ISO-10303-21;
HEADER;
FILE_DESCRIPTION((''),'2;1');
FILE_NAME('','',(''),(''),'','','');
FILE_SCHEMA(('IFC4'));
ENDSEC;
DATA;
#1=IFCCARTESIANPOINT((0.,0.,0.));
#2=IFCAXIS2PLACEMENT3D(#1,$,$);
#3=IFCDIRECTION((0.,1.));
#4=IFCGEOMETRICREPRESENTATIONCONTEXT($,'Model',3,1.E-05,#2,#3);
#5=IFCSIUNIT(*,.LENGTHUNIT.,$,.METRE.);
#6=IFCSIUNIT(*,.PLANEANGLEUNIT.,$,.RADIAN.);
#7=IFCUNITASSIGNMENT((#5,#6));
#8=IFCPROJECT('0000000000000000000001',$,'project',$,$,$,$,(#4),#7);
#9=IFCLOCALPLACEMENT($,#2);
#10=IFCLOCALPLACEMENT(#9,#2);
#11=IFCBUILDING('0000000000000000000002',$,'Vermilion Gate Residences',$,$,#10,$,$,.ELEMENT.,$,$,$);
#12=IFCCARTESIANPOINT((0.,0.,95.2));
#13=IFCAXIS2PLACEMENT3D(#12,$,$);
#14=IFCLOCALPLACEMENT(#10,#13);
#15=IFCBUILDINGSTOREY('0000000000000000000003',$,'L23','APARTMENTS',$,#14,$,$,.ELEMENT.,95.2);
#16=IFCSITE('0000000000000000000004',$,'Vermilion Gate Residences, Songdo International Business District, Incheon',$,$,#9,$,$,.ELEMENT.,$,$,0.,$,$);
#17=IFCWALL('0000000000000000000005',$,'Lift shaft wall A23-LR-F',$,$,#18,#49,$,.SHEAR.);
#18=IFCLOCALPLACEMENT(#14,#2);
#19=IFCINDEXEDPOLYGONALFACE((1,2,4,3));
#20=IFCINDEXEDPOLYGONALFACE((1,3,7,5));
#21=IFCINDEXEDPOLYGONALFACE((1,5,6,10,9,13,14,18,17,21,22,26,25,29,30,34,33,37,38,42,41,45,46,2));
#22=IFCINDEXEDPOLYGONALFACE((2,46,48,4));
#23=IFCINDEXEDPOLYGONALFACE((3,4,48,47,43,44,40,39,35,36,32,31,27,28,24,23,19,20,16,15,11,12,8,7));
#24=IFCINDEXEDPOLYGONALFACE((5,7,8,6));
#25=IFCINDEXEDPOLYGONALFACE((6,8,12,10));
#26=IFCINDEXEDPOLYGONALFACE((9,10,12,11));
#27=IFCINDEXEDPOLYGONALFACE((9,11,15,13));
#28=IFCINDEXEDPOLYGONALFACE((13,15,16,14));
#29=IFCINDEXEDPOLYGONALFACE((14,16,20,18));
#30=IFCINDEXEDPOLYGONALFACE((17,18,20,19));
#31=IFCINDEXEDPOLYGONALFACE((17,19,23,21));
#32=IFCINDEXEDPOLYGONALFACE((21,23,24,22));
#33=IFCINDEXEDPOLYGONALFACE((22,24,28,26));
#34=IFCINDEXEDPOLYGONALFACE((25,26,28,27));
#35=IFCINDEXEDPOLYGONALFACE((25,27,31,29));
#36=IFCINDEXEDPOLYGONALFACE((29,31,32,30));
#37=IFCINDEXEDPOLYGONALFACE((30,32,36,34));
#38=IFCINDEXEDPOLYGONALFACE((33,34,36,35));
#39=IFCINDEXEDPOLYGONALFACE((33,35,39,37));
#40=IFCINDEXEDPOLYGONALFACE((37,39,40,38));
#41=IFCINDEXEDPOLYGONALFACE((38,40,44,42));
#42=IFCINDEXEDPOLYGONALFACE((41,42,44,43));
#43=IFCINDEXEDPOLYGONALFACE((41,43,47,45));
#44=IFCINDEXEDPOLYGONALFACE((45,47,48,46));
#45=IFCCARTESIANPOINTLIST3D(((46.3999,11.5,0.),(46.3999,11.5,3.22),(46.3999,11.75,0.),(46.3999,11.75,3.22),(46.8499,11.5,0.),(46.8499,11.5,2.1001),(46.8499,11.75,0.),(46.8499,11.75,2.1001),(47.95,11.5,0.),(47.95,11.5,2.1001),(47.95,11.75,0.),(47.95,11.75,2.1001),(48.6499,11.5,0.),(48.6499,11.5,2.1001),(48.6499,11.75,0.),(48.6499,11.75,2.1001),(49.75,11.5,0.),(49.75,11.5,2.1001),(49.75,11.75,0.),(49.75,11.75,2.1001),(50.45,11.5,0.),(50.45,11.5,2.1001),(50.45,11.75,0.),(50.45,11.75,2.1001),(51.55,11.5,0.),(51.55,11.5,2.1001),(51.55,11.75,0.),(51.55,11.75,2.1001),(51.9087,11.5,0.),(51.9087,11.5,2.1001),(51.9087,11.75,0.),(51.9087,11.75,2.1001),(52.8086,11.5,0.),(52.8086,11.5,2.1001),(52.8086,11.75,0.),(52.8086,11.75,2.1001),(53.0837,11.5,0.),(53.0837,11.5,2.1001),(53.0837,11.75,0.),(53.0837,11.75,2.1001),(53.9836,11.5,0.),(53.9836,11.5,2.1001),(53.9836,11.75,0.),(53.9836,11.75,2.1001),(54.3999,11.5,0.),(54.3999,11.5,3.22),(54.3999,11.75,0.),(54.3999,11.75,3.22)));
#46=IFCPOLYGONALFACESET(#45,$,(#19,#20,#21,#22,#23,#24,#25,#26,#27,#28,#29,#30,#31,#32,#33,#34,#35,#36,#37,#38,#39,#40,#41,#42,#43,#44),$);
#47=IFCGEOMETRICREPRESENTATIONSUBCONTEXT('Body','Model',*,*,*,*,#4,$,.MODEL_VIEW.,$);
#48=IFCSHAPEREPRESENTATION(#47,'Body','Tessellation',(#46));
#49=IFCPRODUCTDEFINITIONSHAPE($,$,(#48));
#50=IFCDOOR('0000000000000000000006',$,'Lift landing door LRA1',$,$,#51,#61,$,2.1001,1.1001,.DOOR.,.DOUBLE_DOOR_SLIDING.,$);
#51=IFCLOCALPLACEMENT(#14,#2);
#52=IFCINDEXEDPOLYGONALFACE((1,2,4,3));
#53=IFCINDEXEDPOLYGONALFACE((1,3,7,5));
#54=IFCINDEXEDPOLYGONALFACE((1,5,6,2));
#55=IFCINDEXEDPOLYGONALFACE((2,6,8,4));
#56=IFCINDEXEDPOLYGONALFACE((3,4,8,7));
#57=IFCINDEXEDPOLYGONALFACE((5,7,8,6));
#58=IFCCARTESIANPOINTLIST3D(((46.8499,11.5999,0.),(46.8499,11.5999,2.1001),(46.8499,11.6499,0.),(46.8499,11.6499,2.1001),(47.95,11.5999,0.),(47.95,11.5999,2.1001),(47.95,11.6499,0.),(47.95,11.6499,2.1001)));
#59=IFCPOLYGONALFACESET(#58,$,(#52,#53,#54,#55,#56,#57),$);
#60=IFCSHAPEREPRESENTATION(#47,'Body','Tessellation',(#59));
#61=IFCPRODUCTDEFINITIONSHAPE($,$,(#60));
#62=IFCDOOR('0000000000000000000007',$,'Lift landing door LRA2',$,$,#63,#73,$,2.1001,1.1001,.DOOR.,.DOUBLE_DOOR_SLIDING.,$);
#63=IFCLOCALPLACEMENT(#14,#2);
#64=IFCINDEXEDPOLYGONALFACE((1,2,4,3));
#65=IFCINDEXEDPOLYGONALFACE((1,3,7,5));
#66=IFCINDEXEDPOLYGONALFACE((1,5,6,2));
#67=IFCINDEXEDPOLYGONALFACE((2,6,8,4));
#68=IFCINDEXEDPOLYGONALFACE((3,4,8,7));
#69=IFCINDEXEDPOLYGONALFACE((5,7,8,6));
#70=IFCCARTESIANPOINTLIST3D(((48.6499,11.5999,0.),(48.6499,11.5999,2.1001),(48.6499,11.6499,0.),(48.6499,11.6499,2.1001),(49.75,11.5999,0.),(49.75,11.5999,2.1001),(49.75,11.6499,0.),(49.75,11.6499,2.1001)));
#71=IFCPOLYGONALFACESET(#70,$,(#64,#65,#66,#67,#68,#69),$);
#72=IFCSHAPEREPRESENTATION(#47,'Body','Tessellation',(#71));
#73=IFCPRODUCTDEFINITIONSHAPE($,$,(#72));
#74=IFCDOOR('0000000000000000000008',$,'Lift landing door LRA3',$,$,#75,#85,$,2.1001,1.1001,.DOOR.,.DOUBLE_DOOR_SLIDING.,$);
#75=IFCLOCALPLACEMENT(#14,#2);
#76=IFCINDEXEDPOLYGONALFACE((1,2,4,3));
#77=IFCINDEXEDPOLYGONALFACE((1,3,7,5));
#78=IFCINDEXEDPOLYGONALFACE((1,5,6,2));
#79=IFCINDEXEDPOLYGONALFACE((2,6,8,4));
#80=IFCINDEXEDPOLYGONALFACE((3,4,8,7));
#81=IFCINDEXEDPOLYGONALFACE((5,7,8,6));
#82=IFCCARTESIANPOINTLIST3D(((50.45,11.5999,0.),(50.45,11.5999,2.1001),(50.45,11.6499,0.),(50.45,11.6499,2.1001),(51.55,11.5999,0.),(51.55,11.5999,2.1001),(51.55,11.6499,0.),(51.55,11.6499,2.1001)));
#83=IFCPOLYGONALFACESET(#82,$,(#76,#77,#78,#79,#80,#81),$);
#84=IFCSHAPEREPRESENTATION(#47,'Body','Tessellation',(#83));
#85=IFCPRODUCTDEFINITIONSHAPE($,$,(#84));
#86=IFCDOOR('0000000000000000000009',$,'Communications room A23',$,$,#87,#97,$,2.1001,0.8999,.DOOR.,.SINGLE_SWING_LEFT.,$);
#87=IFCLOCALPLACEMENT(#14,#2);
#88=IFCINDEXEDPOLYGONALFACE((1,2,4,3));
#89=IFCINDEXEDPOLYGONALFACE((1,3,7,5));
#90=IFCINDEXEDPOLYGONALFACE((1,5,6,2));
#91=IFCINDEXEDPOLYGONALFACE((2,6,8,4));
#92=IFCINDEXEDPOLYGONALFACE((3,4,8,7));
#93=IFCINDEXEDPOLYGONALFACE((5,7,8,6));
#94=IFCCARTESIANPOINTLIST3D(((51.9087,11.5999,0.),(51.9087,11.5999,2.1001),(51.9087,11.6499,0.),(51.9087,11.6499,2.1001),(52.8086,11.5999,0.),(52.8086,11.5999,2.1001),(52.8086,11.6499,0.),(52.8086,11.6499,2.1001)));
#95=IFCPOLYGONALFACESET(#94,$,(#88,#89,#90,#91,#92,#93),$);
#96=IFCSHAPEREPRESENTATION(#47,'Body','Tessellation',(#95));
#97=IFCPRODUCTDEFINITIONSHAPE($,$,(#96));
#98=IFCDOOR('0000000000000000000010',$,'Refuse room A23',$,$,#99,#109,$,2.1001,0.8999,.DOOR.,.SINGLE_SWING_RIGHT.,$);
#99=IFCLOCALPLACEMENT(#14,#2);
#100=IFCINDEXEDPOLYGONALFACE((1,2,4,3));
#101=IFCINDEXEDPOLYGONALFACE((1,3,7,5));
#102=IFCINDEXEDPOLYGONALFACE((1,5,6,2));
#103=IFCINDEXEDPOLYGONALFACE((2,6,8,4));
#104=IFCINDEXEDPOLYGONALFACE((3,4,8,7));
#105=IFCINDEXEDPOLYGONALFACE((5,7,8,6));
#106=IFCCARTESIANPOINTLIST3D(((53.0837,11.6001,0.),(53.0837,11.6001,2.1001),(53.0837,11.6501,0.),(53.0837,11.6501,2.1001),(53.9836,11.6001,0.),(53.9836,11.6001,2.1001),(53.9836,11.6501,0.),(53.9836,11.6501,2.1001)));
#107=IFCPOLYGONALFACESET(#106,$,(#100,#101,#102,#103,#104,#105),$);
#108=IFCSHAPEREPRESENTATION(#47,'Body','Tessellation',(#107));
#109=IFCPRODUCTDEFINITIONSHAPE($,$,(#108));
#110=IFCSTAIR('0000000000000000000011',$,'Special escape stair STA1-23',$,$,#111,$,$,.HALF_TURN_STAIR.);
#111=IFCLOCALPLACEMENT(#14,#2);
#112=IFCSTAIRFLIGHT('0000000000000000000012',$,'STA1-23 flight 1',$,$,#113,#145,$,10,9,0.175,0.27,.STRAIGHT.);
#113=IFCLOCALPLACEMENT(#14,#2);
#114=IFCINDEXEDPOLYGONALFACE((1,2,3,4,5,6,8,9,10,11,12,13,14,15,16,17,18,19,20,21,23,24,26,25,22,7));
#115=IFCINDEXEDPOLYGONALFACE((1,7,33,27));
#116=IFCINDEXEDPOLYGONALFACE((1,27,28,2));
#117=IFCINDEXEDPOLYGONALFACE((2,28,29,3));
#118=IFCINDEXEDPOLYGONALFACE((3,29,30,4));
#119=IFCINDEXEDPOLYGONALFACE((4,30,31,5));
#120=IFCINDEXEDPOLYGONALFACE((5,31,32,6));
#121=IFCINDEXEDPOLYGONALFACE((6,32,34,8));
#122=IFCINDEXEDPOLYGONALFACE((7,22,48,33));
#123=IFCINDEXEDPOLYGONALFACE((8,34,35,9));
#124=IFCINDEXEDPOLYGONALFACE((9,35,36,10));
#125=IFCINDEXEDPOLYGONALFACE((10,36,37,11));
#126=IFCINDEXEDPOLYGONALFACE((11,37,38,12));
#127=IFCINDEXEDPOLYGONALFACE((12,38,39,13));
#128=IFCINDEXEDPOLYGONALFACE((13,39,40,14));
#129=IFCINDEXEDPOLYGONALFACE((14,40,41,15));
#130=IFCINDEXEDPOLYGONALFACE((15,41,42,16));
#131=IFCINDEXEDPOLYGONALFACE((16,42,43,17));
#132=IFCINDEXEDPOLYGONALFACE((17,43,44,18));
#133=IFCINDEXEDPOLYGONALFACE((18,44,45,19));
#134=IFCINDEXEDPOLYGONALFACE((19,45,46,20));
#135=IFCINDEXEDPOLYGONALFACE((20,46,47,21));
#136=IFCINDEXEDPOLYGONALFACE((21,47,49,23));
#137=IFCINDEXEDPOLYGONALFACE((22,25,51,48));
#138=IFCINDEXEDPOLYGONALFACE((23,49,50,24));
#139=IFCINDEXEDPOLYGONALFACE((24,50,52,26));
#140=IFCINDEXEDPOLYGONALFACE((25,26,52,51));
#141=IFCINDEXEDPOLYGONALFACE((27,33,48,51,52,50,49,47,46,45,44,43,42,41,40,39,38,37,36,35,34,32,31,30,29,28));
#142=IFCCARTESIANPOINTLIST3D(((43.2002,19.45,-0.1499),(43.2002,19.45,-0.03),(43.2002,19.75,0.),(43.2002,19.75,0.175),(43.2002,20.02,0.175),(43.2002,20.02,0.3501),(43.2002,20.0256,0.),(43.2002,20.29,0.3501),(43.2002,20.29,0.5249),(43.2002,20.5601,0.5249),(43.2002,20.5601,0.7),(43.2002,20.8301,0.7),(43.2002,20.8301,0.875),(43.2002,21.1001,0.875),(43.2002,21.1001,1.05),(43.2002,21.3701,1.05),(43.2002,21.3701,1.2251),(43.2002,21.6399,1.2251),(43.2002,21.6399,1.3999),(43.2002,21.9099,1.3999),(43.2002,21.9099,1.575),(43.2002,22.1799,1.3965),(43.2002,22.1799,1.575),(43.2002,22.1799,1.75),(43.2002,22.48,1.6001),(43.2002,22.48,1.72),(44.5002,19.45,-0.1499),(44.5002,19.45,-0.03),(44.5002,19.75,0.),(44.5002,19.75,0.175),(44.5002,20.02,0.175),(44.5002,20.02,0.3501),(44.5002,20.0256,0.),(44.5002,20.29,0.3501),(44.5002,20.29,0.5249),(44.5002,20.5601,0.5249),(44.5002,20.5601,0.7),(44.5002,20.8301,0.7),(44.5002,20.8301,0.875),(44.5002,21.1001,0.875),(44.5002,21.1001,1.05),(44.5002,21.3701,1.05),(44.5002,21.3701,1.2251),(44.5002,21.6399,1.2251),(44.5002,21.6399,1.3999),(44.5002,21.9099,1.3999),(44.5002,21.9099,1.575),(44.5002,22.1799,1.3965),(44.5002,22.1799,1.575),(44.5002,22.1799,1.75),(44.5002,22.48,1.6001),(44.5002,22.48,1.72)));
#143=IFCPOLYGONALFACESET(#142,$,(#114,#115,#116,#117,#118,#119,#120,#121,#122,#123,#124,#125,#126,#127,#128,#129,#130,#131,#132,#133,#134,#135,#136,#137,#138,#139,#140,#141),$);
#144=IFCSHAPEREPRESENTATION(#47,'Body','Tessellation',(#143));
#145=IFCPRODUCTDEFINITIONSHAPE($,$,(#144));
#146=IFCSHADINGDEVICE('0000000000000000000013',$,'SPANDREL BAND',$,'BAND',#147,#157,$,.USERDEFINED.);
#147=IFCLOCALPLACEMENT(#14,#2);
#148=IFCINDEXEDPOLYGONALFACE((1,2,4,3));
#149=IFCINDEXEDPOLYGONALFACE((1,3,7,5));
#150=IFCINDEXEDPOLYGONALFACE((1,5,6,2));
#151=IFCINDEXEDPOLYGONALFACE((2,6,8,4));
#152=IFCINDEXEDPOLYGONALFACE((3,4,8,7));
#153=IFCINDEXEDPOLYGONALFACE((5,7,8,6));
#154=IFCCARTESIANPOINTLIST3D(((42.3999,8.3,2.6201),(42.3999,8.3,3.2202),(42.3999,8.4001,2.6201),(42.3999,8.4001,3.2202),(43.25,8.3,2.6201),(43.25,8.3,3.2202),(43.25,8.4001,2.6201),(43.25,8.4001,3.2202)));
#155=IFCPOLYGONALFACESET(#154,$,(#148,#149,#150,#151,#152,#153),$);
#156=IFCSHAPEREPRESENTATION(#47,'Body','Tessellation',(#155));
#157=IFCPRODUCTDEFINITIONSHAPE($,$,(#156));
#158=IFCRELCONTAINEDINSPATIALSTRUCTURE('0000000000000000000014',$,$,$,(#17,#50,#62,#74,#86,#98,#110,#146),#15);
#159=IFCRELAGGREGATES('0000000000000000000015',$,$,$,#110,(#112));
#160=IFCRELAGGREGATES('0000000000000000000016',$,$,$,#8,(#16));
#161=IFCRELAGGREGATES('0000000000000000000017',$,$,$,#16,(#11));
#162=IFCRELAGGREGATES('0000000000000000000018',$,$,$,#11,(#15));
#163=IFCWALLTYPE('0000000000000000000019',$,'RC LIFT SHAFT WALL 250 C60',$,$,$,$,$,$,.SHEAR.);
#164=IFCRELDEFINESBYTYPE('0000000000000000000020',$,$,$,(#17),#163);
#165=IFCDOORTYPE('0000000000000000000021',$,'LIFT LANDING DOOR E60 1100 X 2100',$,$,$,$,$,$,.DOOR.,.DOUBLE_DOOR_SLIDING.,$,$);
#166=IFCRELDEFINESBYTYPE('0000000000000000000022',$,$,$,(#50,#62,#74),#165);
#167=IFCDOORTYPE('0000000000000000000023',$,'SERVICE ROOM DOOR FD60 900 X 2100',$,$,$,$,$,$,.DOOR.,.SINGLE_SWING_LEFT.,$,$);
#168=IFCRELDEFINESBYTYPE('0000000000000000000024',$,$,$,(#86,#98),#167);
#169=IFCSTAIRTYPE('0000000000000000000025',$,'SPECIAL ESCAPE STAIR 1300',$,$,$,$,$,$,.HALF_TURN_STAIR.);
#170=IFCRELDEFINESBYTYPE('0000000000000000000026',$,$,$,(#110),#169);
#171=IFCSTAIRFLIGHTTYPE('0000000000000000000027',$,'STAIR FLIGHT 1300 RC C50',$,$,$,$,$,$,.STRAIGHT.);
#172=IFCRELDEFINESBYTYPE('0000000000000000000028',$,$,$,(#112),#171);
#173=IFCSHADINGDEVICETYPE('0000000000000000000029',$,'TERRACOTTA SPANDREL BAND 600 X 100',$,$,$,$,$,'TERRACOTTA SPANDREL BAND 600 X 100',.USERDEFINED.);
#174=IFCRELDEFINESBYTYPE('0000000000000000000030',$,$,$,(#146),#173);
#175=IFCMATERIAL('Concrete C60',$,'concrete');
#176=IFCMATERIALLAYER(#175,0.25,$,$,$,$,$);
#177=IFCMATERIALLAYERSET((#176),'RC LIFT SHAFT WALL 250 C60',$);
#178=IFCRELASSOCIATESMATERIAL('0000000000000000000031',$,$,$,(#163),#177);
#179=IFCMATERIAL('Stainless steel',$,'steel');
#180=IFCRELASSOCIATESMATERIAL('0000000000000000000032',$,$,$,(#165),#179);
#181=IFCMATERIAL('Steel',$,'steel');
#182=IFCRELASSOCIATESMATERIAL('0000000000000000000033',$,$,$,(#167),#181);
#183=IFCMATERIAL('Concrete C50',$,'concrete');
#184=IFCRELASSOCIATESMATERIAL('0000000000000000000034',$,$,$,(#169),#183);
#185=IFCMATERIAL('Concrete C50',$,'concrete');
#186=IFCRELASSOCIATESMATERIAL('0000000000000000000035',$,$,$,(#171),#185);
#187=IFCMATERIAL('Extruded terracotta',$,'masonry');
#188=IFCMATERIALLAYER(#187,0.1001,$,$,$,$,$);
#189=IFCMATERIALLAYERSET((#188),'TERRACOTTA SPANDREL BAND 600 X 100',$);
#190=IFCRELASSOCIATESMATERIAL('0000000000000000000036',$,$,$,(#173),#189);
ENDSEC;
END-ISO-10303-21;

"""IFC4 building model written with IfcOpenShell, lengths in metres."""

from ifc_helpers import new_model, si_unit, direction, frame, frame_2d, origin, origin_2d, place, context, subcontext, project, spatial, polyline, rectangle, outline, extrude, material, layer, layer_set, type_object, element, fill, aggregate, save


model = new_model("IFC4")

# Units and contexts
model_context = context("Model", 3, precision=1e-05, world=origin(), true_north=direction((0.0, 1.0)))
body_context = subcontext(model_context, "Body", "Model", "MODEL_VIEW")
ifc_project = project(units=[si_unit("LENGTHUNIT", "METRE"), si_unit("PLANEANGLEUNIT", "RADIAN")], contexts=[model_context])

# Site, building, storey
site_placement = place(None, origin())
site = spatial("IfcSite", under=ifc_project, at=site_placement, Name="Vermilion Gate Residences, Songdo International Business District, Incheon", CompositionType="ELEMENT", RefElevation=0.0)
building_placement = place(site_placement, origin())
building = spatial("IfcBuilding", under=site, at=building_placement, Name="Vermilion Gate Residences", CompositionType="ELEMENT")
storey_placement = place(building_placement, frame((0.0, 0.0, 95.2)))
storey = spatial("IfcBuildingStorey", under=building, at=storey_placement, Name="L23", Description="APARTMENTS", CompositionType="ELEMENT", Elevation=95.2)

# Wall, openings, doors
ifc_material_1 = material(Name="Concrete C60", Category="concrete")
ifc_layer_1 = layer(ifc_material_1, 0.25)
ifc_layer_set_1 = layer_set([ifc_layer_1], Name="RC LIFT SHAFT WALL 250 C60")
wall_type_1 = type_object("IfcWallType", Name="RC LIFT SHAFT WALL 250 C60", PredefinedType="SHEAR", material=ifc_layer_set_1)
wall_1_placement = place(storey_placement, frame((46.3999, 11.625, 0.0), z_axis=(0.0, 0.0, 1.0), x_axis=(1.0, 0.0, 0.0)))
wall_1 = element("IfcWall", 1, at=wall_1_placement, inside=storey, type_object=wall_type_1, Name="Lift shaft wall A23-LR-F", PredefinedType="SHEAR", context=body_context, shape_type="SweptSolid", body=[
    extrude(rectangle(XDim=8.0, YDim=0.25, at=frame_2d((4.0, 0.0))), origin(), (0.0, 0.0, 1.0), 3.22),
])
opening_1_placement = place(wall_1_placement, frame((0.45, 0.0, 0.0)))
opening_1 = element("IfcOpeningElement", 2, at=opening_1_placement, cuts=wall_1, PredefinedType="OPENING", context=body_context, shape_type="SweptSolid", body=[
    extrude(rectangle(XDim=1.1001, YDim=2.1001, at=frame_2d((0.55, 1.05))), frame((0.0, 0.135, 0.0), z_axis=(0.0, -1.0, 0.0), x_axis=(1.0, 0.0, 0.0)), (0.0, 0.0, 1.0), 0.27),
])
opening_2_placement = place(wall_1_placement, frame((2.25, 0.0, 0.0)))
opening_2 = element("IfcOpeningElement", 3, at=opening_2_placement, cuts=wall_1, PredefinedType="OPENING", context=body_context, shape_type="SweptSolid", body=[
    extrude(rectangle(XDim=1.1001, YDim=2.1001, at=frame_2d((0.55, 1.05))), frame((0.0, 0.135, 0.0), z_axis=(0.0, -1.0, 0.0), x_axis=(1.0, 0.0, 0.0)), (0.0, 0.0, 1.0), 0.27),
])
opening_3_placement = place(wall_1_placement, frame((4.05, 0.0, 0.0)))
opening_3 = element("IfcOpeningElement", 4, at=opening_3_placement, cuts=wall_1, PredefinedType="OPENING", context=body_context, shape_type="SweptSolid", body=[
    extrude(rectangle(XDim=1.1001, YDim=2.1001, at=frame_2d((0.55, 1.05))), frame((0.0, 0.135, 0.0), z_axis=(0.0, -1.0, 0.0), x_axis=(1.0, 0.0, 0.0)), (0.0, 0.0, 1.0), 0.27),
])
opening_4_placement = place(wall_1_placement, frame((5.5088, 0.0, 0.0)))
opening_4 = element("IfcOpeningElement", 5, at=opening_4_placement, cuts=wall_1, PredefinedType="OPENING", context=body_context, shape_type="SweptSolid", body=[
    extrude(rectangle(XDim=0.8999, YDim=2.1001, at=frame_2d((0.45, 1.05))), frame((0.0, 0.135, 0.0), z_axis=(0.0, -1.0, 0.0), x_axis=(1.0, 0.0, 0.0)), (0.0, 0.0, 1.0), 0.27),
])
opening_5_placement = place(wall_1_placement, frame((6.6838, 0.0, 0.0)))
opening_5 = element("IfcOpeningElement", 6, at=opening_5_placement, cuts=wall_1, PredefinedType="OPENING", context=body_context, shape_type="SweptSolid", body=[
    extrude(rectangle(XDim=0.8999, YDim=2.1001, at=frame_2d((0.45, 1.05))), frame((0.0, 0.135, 0.0), z_axis=(0.0, -1.0, 0.0), x_axis=(1.0, 0.0, 0.0)), (0.0, 0.0, 1.0), 0.27),
])
ifc_material_2 = material(Name="Stainless steel", Category="steel")
door_type_1 = type_object("IfcDoorType", Name="LIFT LANDING DOOR E60 1100 X 2100", OperationType="DOUBLE_DOOR_SLIDING", PredefinedType="DOOR", material=ifc_material_2)
door_1_placement = place(opening_1_placement, origin())
door_1 = element("IfcDoor", 7, at=door_1_placement, inside=storey, type_object=door_type_1, Name="Lift landing door LRA1", OperationType="DOUBLE_DOOR_SLIDING", OverallHeight=2.1001, OverallWidth=1.1001, PredefinedType="DOOR", context=body_context, shape_type="SweptSolid", body=[
    extrude(rectangle(XDim=1.1001, YDim=2.1001, at=frame_2d((0.55, 1.05))), frame((0.0, 0.0249, 0.0), z_axis=(0.0, -1.0, 0.0), x_axis=(1.0, 0.0, 0.0)), (0.0, 0.0, 1.0), 0.05),
])
fill(opening_1, door_1)
door_2_placement = place(opening_2_placement, origin())
door_2 = element("IfcDoor", 8, at=door_2_placement, inside=storey, type_object=door_type_1, Name="Lift landing door LRA2", OperationType="DOUBLE_DOOR_SLIDING", OverallHeight=2.1001, OverallWidth=1.1001, PredefinedType="DOOR", context=body_context, shape_type="SweptSolid", body=[
    extrude(rectangle(XDim=1.1001, YDim=2.1001, at=frame_2d((0.55, 1.05))), frame((0.0, 0.0249, 0.0), z_axis=(0.0, -1.0, 0.0), x_axis=(1.0, 0.0, 0.0)), (0.0, 0.0, 1.0), 0.05),
])
fill(opening_2, door_2)
door_3_placement = place(opening_3_placement, origin())
door_3 = element("IfcDoor", 9, at=door_3_placement, inside=storey, type_object=door_type_1, Name="Lift landing door LRA3", OperationType="DOUBLE_DOOR_SLIDING", OverallHeight=2.1001, OverallWidth=1.1001, PredefinedType="DOOR", context=body_context, shape_type="SweptSolid", body=[
    extrude(rectangle(XDim=1.1001, YDim=2.1001, at=frame_2d((0.55, 1.05))), frame((0.0, 0.0249, 0.0), z_axis=(0.0, -1.0, 0.0), x_axis=(1.0, 0.0, 0.0)), (0.0, 0.0, 1.0), 0.05),
])
fill(opening_3, door_3)
ifc_material_3 = material(Name="Steel", Category="steel")
door_type_2 = type_object("IfcDoorType", Name="SERVICE ROOM DOOR FD60 900 X 2100", OperationType="SINGLE_SWING_LEFT", PredefinedType="DOOR", material=ifc_material_3)
door_4_placement = place(opening_4_placement, origin())
door_4 = element("IfcDoor", 10, at=door_4_placement, inside=storey, type_object=door_type_2, Name="Communications room A23", OperationType="SINGLE_SWING_LEFT", OverallHeight=2.1001, OverallWidth=0.8999, PredefinedType="DOOR", context=body_context, shape_type="SweptSolid", body=[
    extrude(rectangle(XDim=0.8999, YDim=2.1001, at=frame_2d((0.45, 1.05))), frame((0.0, 0.0249, 0.0), z_axis=(0.0, -1.0, 0.0), x_axis=(1.0, 0.0, 0.0)), (0.0, 0.0, 1.0), 0.05),
])
fill(opening_4, door_4)
door_5_placement = place(opening_5_placement, frame((0.8999, 0.0, 0.0), z_axis=(0.0, 0.0, 1.0), x_axis=(-1.0, 0.0, 0.0)))
door_5 = element("IfcDoor", 11, at=door_5_placement, inside=storey, type_object=door_type_2, Name="Refuse room A23", OperationType="SINGLE_SWING_RIGHT", OverallHeight=2.1001, OverallWidth=0.8999, PredefinedType="DOOR", context=body_context, shape_type="SweptSolid", body=[
    extrude(rectangle(XDim=0.8999, YDim=2.1001, at=frame_2d((0.45, 1.05))), frame((0.0, 0.0249, 0.0), z_axis=(0.0, -1.0, 0.0), x_axis=(1.0, 0.0, 0.0)), (0.0, 0.0, 1.0), 0.05),
])
fill(opening_5, door_5)

# Stair, stair flight
ifc_material_4 = material(Name="Concrete C50", Category="concrete")
stair_type = type_object("IfcStairType", Name="SPECIAL ESCAPE STAIR 1300", PredefinedType="HALF_TURN_STAIR", material=ifc_material_4)
stair_placement = place(storey_placement, origin())
stair = element("IfcStair", 12, at=stair_placement, inside=storey, type_object=stair_type, Name="Special escape stair STA1-23", PredefinedType="HALF_TURN_STAIR")
ifc_material_5 = material(Name="Concrete C50", Category="concrete")
stair_flight_type = type_object("IfcStairFlightType", Name="STAIR FLIGHT 1300 RC C50", PredefinedType="STRAIGHT", material=ifc_material_5)
stair_flight_placement = place(storey_placement, frame((43.8501, 19.75, 0.0), z_axis=(0.0, 0.0, 1.0), x_axis=(0.0, 1.0, 0.0)))
stair_flight = element("IfcStairFlight", 13, at=stair_flight_placement, type_object=stair_flight_type, Name="STA1-23 flight 1", NumberOfRisers=10, NumberOfTreads=9, PredefinedType="STRAIGHT", RiserHeight=0.175, TreadLength=0.27, context=body_context, shape_type="SweptSolid", body=[
    extrude(outline(polyline([(-0.3, -0.1499), (-0.3, -0.03), (0.0, 0.0), (0.0, 0.175), (0.27, 0.175), (0.27, 0.3501), (0.54, 0.3501), (0.54, 0.5249), (0.8101, 0.5249), (0.8101, 0.7), (1.0801, 0.7), (1.0801, 0.875), (1.3501, 0.875), (1.3501, 1.05), (1.6201, 1.05), (1.6201, 1.2251), (1.8899, 1.2251), (1.8899, 1.3999), (2.1599, 1.3999), (2.1599, 1.575), (2.4299, 1.575), (2.4299, 1.75), (2.73, 1.72), (2.73, 1.6001), (2.4299, 1.3965), (0.2756, 0.0), (-0.3, -0.1499)])), frame((0.0, 0.6499, 0.0), z_axis=(0.0, -1.0, 0.0), x_axis=(1.0, 0.0, 0.0)), (0.0, 0.0, 1.0), 1.3),
])
aggregate(stair, [stair_flight])

# Shading device
ifc_material_6 = material(Name="Extruded terracotta", Category="masonry")
ifc_layer_2 = layer(ifc_material_6, 0.1001)
ifc_layer_set_2 = layer_set([ifc_layer_2], Name="TERRACOTTA SPANDREL BAND 600 X 100")
shading_device_type = type_object("IfcShadingDeviceType", Name="TERRACOTTA SPANDREL BAND 600 X 100", ElementType="TERRACOTTA SPANDREL BAND 600 X 100", PredefinedType="USERDEFINED", material=ifc_layer_set_2)
shading_device_placement = place(storey_placement, frame((42.825, 8.3501, 2.6201), z_axis=(0.0, 0.0, 1.0), x_axis=(1.0, 0.0, 0.0)))
element("IfcShadingDevice", 14, at=shading_device_placement, inside=storey, type_object=shading_device_type, Name="SPANDREL BAND", ObjectType="BAND", PredefinedType="USERDEFINED", context=body_context, shape_type="SweptSolid", body=[
    extrude(rectangle(XDim=0.8501, YDim=0.1001, at=origin_2d()), origin(), (0.0, 0.0, 1.0), 0.6001),
])

save(model, "model.ifc")
